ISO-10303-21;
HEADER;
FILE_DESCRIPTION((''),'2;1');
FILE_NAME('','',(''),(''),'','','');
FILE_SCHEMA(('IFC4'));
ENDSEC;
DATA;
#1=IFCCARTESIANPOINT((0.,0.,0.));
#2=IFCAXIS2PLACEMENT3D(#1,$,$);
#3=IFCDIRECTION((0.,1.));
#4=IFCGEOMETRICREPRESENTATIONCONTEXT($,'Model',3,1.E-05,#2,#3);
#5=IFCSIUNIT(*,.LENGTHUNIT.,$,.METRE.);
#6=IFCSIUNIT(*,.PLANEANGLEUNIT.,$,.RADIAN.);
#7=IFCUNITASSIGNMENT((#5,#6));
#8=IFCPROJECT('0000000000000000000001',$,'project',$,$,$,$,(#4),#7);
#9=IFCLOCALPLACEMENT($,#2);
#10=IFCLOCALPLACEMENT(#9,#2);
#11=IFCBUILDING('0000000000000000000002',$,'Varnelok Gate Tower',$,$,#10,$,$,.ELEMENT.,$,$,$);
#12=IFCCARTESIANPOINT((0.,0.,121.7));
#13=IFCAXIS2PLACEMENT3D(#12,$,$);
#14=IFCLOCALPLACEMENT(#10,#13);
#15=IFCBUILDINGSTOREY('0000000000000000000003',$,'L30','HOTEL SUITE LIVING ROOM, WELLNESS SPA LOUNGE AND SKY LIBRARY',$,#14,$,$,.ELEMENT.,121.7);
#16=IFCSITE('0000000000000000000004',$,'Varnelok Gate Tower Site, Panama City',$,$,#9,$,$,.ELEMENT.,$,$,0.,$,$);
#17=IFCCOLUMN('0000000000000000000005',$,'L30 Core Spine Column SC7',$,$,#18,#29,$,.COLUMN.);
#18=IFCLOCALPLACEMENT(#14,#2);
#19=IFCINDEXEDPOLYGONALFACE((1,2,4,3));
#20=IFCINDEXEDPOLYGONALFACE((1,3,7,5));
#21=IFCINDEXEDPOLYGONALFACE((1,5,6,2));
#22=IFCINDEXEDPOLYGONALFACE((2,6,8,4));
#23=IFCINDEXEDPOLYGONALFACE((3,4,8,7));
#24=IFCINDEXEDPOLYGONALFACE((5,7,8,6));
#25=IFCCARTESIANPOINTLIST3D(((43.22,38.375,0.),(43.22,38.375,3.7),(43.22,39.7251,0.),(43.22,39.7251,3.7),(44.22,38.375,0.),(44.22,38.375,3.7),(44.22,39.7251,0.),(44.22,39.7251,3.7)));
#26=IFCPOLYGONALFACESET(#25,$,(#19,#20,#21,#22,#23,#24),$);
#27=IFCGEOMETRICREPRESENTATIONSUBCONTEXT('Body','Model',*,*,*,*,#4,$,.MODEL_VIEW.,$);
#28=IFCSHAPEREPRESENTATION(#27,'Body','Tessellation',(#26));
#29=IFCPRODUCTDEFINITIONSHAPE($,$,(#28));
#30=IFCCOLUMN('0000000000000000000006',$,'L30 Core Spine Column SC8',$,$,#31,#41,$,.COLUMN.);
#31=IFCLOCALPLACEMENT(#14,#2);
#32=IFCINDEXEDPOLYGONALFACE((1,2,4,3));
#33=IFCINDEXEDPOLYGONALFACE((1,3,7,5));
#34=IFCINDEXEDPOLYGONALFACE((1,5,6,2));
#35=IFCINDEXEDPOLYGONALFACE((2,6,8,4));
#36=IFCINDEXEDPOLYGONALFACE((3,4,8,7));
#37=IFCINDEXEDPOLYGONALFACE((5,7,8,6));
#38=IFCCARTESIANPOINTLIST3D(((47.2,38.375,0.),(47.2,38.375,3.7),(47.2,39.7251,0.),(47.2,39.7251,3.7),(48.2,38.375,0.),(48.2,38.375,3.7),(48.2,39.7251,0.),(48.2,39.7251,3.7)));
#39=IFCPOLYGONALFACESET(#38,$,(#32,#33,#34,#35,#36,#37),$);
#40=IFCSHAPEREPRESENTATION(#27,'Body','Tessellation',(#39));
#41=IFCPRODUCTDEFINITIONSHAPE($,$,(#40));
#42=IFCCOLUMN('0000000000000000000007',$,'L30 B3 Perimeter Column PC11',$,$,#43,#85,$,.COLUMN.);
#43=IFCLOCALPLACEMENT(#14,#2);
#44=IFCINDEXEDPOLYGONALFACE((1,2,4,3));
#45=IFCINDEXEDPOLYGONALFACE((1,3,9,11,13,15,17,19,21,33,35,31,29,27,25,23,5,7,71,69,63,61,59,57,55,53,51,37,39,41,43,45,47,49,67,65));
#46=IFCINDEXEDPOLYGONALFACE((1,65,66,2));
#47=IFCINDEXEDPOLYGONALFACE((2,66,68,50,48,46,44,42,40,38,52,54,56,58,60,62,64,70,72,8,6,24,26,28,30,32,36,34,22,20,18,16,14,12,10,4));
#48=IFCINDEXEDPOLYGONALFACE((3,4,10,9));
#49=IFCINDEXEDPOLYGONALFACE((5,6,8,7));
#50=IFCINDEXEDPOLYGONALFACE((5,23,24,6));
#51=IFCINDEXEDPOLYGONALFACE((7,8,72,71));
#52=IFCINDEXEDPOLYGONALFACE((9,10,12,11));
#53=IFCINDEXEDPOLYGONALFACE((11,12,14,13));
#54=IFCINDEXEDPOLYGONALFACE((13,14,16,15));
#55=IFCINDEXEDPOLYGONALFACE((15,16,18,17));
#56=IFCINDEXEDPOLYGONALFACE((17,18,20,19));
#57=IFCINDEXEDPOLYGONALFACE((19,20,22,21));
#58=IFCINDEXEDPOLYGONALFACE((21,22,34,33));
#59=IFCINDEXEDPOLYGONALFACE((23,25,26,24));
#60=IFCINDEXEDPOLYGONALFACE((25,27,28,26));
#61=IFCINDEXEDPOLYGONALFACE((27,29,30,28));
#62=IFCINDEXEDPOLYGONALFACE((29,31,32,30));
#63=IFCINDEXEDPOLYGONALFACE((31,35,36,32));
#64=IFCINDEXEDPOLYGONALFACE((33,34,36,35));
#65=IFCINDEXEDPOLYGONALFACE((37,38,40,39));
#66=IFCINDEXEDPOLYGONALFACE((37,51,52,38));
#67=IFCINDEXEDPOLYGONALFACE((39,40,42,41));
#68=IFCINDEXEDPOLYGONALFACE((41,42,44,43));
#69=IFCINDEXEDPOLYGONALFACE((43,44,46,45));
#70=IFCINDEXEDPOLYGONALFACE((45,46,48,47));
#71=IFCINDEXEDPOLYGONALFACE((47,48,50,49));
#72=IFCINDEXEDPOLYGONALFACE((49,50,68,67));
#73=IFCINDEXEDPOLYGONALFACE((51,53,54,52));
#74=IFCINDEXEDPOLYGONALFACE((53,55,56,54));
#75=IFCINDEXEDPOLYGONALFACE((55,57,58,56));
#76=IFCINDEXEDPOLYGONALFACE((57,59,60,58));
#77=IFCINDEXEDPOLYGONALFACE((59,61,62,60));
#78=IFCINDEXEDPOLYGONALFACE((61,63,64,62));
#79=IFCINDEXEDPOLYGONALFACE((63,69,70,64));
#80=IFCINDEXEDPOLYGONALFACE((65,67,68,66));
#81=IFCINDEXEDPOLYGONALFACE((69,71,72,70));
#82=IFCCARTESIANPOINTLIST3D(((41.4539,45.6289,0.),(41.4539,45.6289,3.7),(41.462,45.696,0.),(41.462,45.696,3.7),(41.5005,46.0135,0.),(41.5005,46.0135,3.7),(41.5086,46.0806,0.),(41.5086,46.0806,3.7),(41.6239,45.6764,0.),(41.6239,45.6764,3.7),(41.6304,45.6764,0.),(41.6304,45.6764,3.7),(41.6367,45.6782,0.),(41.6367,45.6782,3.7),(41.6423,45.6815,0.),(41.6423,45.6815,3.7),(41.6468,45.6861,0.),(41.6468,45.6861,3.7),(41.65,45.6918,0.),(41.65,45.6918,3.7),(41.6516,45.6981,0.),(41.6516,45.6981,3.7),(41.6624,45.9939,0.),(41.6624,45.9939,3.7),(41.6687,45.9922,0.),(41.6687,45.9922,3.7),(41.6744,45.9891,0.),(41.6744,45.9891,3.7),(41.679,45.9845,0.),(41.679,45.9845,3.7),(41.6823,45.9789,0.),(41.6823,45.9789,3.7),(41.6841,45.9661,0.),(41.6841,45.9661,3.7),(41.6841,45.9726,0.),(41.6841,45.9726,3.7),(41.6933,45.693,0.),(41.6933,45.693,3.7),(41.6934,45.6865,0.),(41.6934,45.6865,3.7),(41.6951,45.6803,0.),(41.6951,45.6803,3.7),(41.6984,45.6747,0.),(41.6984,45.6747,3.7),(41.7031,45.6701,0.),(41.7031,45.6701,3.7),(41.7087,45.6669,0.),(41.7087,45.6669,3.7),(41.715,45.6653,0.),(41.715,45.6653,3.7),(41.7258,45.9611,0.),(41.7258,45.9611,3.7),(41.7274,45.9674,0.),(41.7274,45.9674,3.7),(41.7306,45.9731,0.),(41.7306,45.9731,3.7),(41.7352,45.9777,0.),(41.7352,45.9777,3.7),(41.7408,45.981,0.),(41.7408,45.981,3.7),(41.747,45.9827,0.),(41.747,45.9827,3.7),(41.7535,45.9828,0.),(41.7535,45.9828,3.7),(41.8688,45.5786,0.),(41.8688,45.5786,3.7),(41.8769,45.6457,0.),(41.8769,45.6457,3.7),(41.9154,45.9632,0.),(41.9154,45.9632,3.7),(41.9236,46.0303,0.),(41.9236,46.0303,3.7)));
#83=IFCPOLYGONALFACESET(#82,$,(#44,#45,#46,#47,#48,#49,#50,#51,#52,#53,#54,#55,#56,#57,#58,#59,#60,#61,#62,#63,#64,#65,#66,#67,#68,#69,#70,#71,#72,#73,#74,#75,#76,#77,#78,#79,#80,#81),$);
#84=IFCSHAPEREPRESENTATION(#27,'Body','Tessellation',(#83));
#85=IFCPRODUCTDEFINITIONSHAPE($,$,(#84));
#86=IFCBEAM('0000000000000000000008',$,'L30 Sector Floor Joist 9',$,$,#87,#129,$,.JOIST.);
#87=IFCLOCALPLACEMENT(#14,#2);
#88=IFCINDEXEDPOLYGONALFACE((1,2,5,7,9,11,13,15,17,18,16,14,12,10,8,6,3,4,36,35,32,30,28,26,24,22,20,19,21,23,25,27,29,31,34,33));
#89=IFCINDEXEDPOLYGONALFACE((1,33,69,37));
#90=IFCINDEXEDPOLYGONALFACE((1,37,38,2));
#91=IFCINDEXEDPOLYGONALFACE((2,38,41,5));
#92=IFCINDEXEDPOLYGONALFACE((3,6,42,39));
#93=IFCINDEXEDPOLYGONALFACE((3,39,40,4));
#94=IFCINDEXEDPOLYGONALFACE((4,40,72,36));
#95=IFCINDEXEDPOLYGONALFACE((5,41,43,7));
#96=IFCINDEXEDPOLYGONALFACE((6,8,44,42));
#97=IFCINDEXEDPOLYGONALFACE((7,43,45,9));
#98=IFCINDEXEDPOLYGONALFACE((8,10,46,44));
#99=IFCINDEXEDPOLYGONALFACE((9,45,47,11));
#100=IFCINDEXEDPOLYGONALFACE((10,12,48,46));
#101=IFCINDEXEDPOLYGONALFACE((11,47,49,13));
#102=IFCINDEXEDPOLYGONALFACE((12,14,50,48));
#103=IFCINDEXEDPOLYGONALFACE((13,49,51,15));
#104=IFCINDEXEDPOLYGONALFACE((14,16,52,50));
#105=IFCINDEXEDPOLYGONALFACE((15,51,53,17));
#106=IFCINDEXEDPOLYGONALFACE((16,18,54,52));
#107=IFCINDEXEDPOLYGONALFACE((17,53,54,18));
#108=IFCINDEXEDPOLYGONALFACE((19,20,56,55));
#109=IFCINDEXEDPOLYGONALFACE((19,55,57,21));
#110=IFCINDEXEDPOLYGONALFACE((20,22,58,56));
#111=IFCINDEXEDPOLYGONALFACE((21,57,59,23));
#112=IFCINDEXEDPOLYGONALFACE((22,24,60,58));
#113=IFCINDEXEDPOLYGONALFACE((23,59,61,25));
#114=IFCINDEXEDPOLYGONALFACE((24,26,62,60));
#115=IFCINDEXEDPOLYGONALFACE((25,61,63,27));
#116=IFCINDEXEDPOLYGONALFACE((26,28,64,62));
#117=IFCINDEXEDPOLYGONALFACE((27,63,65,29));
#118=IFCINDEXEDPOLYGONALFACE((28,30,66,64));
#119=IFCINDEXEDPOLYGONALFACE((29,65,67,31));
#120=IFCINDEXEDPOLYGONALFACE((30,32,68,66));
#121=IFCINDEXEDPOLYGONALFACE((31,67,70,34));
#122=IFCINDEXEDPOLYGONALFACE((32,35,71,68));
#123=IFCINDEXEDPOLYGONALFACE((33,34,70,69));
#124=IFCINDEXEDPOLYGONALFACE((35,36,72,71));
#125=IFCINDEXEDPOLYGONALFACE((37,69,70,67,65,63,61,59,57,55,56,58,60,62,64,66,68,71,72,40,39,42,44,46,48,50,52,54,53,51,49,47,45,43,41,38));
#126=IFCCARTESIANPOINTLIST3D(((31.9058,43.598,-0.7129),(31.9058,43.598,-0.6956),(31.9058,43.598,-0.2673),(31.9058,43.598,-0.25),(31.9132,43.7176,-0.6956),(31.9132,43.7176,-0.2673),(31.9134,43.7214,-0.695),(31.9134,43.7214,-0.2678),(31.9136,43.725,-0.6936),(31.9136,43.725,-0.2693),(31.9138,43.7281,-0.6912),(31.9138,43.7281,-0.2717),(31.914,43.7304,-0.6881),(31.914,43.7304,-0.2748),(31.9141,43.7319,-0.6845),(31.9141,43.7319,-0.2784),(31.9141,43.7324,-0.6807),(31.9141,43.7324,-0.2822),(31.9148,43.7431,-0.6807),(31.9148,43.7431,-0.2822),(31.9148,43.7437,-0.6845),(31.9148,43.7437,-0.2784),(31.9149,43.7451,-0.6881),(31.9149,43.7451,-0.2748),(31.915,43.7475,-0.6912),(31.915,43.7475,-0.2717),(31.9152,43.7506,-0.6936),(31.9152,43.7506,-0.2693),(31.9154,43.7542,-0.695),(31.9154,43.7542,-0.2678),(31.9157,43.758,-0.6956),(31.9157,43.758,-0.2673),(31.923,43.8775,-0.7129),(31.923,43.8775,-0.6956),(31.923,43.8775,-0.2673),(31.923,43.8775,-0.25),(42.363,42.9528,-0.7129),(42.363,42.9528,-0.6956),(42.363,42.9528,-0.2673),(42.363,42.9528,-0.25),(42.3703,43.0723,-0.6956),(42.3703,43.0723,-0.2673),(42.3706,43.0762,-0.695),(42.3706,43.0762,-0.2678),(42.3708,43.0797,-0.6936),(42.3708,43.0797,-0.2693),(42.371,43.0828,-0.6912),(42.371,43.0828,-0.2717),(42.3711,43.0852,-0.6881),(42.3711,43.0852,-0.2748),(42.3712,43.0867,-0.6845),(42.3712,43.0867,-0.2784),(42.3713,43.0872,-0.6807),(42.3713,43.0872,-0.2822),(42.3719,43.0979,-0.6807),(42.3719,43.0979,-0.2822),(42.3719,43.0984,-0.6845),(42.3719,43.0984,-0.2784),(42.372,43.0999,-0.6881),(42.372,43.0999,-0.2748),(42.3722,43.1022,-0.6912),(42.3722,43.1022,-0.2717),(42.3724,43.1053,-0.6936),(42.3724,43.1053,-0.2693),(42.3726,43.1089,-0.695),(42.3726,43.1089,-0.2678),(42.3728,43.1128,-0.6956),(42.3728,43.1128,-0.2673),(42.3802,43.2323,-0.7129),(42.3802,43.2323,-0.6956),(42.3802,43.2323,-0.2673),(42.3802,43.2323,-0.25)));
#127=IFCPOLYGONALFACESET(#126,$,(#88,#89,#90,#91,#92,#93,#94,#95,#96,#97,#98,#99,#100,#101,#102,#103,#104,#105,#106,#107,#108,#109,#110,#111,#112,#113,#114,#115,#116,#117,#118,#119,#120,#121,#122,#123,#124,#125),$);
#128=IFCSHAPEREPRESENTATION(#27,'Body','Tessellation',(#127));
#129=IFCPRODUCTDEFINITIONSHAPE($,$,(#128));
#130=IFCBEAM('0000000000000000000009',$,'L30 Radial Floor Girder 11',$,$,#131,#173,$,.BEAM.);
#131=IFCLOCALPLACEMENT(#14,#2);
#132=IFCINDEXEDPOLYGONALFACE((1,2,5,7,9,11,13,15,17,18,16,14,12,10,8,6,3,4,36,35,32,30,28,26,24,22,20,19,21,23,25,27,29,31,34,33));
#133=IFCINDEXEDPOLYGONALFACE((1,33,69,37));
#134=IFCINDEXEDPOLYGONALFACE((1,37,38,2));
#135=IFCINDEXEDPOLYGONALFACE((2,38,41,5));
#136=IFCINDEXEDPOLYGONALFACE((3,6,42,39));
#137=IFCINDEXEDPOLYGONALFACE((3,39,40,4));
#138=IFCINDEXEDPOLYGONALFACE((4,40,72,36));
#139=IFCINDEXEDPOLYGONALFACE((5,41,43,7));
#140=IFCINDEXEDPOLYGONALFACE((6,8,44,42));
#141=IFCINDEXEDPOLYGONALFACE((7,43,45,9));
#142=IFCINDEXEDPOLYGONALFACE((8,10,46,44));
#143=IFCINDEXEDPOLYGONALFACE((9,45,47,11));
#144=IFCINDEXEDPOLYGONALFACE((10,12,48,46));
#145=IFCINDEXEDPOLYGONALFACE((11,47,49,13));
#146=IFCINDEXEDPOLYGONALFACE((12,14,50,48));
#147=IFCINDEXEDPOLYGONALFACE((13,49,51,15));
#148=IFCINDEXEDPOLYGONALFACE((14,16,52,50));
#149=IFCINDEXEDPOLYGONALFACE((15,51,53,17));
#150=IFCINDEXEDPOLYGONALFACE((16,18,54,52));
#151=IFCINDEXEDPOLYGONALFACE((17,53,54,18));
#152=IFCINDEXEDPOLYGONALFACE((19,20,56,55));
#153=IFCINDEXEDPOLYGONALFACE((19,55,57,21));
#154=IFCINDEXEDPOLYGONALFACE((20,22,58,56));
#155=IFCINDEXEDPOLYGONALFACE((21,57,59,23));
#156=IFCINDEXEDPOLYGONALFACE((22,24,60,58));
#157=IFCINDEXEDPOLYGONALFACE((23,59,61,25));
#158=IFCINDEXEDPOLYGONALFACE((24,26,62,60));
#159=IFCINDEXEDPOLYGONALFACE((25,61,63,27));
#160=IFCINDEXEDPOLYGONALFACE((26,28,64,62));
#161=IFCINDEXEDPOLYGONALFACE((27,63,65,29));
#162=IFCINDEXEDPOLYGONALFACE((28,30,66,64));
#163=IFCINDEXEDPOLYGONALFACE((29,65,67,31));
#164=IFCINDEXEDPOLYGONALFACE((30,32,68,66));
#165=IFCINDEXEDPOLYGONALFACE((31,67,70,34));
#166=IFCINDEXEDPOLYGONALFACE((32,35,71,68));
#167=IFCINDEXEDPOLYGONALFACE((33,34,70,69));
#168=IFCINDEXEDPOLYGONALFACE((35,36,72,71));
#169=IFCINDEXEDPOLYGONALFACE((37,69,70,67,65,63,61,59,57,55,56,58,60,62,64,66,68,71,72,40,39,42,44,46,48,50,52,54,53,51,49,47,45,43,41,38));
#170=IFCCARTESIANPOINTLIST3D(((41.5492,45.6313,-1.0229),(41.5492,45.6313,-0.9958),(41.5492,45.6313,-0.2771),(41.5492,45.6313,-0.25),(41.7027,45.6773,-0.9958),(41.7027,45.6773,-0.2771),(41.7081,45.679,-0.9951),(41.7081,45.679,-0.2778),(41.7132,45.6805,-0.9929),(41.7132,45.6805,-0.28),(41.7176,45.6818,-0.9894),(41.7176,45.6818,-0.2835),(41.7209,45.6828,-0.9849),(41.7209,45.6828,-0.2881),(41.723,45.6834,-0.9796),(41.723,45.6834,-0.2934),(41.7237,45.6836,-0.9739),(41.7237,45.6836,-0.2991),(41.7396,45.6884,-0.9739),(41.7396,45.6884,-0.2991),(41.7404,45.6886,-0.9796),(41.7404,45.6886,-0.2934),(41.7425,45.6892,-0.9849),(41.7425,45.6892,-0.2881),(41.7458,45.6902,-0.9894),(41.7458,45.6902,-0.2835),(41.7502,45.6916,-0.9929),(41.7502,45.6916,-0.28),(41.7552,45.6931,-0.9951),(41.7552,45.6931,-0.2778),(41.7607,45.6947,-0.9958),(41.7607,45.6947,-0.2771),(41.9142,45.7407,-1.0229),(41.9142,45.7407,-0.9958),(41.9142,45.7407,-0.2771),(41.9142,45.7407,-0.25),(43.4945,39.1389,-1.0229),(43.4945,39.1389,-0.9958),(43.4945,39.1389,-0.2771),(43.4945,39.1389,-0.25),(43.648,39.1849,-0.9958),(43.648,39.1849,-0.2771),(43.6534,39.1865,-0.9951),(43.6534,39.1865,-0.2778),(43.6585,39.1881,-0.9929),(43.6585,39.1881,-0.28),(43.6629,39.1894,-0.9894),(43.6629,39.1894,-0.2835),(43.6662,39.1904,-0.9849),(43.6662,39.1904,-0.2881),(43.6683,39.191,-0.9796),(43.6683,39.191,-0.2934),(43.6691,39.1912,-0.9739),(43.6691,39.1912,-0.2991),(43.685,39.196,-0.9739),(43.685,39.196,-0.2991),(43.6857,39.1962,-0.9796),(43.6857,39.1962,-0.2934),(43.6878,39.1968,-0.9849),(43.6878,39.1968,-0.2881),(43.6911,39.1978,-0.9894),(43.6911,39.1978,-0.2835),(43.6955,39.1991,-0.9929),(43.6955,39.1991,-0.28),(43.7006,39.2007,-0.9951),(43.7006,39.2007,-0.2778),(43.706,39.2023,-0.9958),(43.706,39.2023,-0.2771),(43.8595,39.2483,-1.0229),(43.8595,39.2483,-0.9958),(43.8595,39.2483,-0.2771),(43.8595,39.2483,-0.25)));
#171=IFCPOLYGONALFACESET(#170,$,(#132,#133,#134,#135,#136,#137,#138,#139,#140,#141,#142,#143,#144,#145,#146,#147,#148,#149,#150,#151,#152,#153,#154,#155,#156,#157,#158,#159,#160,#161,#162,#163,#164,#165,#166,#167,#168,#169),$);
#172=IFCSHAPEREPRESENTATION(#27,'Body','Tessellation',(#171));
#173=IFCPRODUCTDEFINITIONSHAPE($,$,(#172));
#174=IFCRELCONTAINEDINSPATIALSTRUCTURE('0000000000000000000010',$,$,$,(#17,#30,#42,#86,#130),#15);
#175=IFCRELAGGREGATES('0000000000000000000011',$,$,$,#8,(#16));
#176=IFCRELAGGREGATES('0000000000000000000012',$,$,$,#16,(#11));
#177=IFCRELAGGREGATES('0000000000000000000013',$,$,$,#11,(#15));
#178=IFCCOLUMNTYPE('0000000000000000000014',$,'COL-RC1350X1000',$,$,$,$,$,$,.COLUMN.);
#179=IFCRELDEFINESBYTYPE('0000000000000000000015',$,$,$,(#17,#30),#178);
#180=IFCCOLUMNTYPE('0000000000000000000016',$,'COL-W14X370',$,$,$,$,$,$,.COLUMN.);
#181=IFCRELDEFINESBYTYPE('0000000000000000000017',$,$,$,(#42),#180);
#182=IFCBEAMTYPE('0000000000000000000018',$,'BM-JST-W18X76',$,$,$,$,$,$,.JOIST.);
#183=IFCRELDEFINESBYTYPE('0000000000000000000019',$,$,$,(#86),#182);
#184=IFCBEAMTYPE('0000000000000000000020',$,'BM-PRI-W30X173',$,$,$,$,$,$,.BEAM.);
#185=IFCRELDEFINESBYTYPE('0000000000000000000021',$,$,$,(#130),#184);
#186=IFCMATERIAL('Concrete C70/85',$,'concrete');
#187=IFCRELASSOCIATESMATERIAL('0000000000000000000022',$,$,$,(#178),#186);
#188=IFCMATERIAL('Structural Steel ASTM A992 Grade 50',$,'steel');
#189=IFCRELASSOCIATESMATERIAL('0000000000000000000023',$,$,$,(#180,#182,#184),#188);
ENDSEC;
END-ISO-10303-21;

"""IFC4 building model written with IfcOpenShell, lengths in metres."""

from ifc_helpers import new_model, si_unit, direction, frame, origin, origin_2d, place, context, subcontext, project, spatial, rectangle, i_section, extrude, material, material_profile, profile_set, type_object, element, save


model = new_model("IFC4")

# Units and contexts
model_context = context("Model", 3, precision=1e-05, world=origin(), true_north=direction((0.0, 1.0)))
body_context = subcontext(model_context, "Body", "Model", "MODEL_VIEW")
ifc_project = project(units=[si_unit("LENGTHUNIT", "METRE"), si_unit("PLANEANGLEUNIT", "RADIAN")], contexts=[model_context])

# Site, building, storey
site_placement = place(None, origin())
site = spatial("IfcSite", under=ifc_project, at=site_placement, Name="Varnelok Gate Tower Site, Panama City", CompositionType="ELEMENT", RefElevation=0.0)
building_placement = place(site_placement, origin())
building = spatial("IfcBuilding", under=site, at=building_placement, Name="Varnelok Gate Tower", CompositionType="ELEMENT")
storey_placement = place(building_placement, frame((0.0, 0.0, 121.7)))
storey = spatial("IfcBuildingStorey", under=building, at=storey_placement, Name="L30", Description="HOTEL SUITE LIVING ROOM, WELLNESS SPA LOUNGE AND SKY LIBRARY", CompositionType="ELEMENT", Elevation=121.7)

# Columns
ifc_material_1 = material(Name="Concrete C70/85", Category="concrete")
ifc_material_profile_1 = material_profile(ifc_material_1, rectangle(XDim=1.0, YDim=1.3501, at=origin_2d()), Name="RC1350X1000")
ifc_profile_set_1 = profile_set([ifc_material_profile_1], Name="Concrete C70/85")
column_type_1 = type_object("IfcColumnType", Name="COL-RC1350X1000", PredefinedType="COLUMN", material=ifc_profile_set_1)
for number, where, z_axis, x_axis, name in (
    (1, (43.72, 39.05, 0.0), (0.0, 0.0, 1.0), (1.0, 0.0, 0.0), "L30 Core Spine Column SC7"),
    (2, (47.7, 39.05, 0.0), (0.0, 0.0, 1.0), (1.0, 0.0, 0.0), "L30 Core Spine Column SC8"),
):
    element("IfcColumn", number, at=place(storey_placement, frame(where, z_axis=z_axis, x_axis=x_axis)), inside=storey, type_object=column_type_1, Name=name, PredefinedType="COLUMN", context=body_context, shape_type="SweptSolid", body=[
        extrude(rectangle(XDim=1.0, YDim=1.3501, at=origin_2d()), origin(), (0.0, 0.0, 1.0), 3.7),
    ])
ifc_material_2 = material(Name="Structural Steel ASTM A992 Grade 50", Category="steel")
ifc_material_profile_2 = material_profile(ifc_material_2, i_section(OverallWidth=0.418, OverallDepth=0.4551, WebThickness=0.042, FlangeThickness=0.0676, FilletRadius=0.0249, at=origin_2d()), Name="W14X370")
ifc_profile_set_2 = profile_set([ifc_material_profile_2], Name="Structural Steel ASTM A992 Grade 50")
column_type_2 = type_object("IfcColumnType", Name="COL-W14X370", PredefinedType="COLUMN", material=ifc_profile_set_2)
column_placement = place(storey_placement, frame((41.6887, 45.8296, 0.0), z_axis=(0.0, 0.0, 1.0), x_axis=(0.992732, -0.120345, 0.0)))
element("IfcColumn", 3, at=column_placement, inside=storey, type_object=column_type_2, Name="L30 B3 Perimeter Column PC11", PredefinedType="COLUMN", context=body_context, shape_type="SweptSolid", body=[
    extrude(i_section(OverallWidth=0.418, OverallDepth=0.4551, WebThickness=0.042, FlangeThickness=0.0676, FilletRadius=0.0249, at=origin_2d()), origin(), (0.0, 0.0, 1.0), 3.7),
])

# Beams
ifc_material_profile_3 = material_profile(ifc_material_2, i_section(OverallWidth=0.28, OverallDepth=0.4629, WebThickness=0.0107, FlangeThickness=0.0173, FilletRadius=0.0149, at=origin_2d()), Name="W18X76")
ifc_profile_set_3 = profile_set([ifc_material_profile_3], Name="Structural Steel ASTM A992 Grade 50")
beam_type_1 = type_object("IfcBeamType", Name="BM-JST-W18X76", PredefinedType="JOIST", material=ifc_profile_set_3)
beam_1_placement = place(storey_placement, frame((42.3716, 43.0925, -0.4814), z_axis=(-0.998102, 0.061588, 0.0), x_axis=(-0.061588, -0.998102, 0.0)))
element("IfcBeam", 4, at=beam_1_placement, inside=storey, type_object=beam_type_1, Name="L30 Sector Floor Joist 9", PredefinedType="JOIST", context=body_context, shape_type="SweptSolid", body=[
    extrude(i_section(OverallWidth=0.28, OverallDepth=0.4629, WebThickness=0.0107, FlangeThickness=0.0173, FilletRadius=0.0149, at=origin_2d()), origin(), (0.0, 0.0, 1.0), 10.4771),
])
ifc_material_profile_4 = material_profile(ifc_material_2, i_section(OverallWidth=0.3811, OverallDepth=0.7729, WebThickness=0.0166, FlangeThickness=0.0271, FilletRadius=0.022, at=origin_2d()), Name="W30X173")
ifc_profile_set_4 = profile_set([ifc_material_profile_4], Name="Structural Steel ASTM A992 Grade 50")
beam_type_2 = type_object("IfcBeamType", Name="BM-PRI-W30X173", PredefinedType="BEAM", material=ifc_profile_set_4)
beam_2_placement = place(storey_placement, frame((43.677, 39.1936, -0.6365), z_axis=(-0.287021, 0.957924, 0.0), x_axis=(-0.957924, -0.287021, 0.0)))
element("IfcBeam", 5, at=beam_2_placement, inside=storey, type_object=beam_type_2, Name="L30 Radial Floor Girder 11", PredefinedType="BEAM", context=body_context, shape_type="SweptSolid", body=[
    extrude(i_section(OverallWidth=0.3811, OverallDepth=0.7729, WebThickness=0.0166, FlangeThickness=0.0271, FilletRadius=0.022, at=origin_2d()), origin(), (0.0, 0.0, 1.0), 6.7776),
])

save(model, "model.ifc")
